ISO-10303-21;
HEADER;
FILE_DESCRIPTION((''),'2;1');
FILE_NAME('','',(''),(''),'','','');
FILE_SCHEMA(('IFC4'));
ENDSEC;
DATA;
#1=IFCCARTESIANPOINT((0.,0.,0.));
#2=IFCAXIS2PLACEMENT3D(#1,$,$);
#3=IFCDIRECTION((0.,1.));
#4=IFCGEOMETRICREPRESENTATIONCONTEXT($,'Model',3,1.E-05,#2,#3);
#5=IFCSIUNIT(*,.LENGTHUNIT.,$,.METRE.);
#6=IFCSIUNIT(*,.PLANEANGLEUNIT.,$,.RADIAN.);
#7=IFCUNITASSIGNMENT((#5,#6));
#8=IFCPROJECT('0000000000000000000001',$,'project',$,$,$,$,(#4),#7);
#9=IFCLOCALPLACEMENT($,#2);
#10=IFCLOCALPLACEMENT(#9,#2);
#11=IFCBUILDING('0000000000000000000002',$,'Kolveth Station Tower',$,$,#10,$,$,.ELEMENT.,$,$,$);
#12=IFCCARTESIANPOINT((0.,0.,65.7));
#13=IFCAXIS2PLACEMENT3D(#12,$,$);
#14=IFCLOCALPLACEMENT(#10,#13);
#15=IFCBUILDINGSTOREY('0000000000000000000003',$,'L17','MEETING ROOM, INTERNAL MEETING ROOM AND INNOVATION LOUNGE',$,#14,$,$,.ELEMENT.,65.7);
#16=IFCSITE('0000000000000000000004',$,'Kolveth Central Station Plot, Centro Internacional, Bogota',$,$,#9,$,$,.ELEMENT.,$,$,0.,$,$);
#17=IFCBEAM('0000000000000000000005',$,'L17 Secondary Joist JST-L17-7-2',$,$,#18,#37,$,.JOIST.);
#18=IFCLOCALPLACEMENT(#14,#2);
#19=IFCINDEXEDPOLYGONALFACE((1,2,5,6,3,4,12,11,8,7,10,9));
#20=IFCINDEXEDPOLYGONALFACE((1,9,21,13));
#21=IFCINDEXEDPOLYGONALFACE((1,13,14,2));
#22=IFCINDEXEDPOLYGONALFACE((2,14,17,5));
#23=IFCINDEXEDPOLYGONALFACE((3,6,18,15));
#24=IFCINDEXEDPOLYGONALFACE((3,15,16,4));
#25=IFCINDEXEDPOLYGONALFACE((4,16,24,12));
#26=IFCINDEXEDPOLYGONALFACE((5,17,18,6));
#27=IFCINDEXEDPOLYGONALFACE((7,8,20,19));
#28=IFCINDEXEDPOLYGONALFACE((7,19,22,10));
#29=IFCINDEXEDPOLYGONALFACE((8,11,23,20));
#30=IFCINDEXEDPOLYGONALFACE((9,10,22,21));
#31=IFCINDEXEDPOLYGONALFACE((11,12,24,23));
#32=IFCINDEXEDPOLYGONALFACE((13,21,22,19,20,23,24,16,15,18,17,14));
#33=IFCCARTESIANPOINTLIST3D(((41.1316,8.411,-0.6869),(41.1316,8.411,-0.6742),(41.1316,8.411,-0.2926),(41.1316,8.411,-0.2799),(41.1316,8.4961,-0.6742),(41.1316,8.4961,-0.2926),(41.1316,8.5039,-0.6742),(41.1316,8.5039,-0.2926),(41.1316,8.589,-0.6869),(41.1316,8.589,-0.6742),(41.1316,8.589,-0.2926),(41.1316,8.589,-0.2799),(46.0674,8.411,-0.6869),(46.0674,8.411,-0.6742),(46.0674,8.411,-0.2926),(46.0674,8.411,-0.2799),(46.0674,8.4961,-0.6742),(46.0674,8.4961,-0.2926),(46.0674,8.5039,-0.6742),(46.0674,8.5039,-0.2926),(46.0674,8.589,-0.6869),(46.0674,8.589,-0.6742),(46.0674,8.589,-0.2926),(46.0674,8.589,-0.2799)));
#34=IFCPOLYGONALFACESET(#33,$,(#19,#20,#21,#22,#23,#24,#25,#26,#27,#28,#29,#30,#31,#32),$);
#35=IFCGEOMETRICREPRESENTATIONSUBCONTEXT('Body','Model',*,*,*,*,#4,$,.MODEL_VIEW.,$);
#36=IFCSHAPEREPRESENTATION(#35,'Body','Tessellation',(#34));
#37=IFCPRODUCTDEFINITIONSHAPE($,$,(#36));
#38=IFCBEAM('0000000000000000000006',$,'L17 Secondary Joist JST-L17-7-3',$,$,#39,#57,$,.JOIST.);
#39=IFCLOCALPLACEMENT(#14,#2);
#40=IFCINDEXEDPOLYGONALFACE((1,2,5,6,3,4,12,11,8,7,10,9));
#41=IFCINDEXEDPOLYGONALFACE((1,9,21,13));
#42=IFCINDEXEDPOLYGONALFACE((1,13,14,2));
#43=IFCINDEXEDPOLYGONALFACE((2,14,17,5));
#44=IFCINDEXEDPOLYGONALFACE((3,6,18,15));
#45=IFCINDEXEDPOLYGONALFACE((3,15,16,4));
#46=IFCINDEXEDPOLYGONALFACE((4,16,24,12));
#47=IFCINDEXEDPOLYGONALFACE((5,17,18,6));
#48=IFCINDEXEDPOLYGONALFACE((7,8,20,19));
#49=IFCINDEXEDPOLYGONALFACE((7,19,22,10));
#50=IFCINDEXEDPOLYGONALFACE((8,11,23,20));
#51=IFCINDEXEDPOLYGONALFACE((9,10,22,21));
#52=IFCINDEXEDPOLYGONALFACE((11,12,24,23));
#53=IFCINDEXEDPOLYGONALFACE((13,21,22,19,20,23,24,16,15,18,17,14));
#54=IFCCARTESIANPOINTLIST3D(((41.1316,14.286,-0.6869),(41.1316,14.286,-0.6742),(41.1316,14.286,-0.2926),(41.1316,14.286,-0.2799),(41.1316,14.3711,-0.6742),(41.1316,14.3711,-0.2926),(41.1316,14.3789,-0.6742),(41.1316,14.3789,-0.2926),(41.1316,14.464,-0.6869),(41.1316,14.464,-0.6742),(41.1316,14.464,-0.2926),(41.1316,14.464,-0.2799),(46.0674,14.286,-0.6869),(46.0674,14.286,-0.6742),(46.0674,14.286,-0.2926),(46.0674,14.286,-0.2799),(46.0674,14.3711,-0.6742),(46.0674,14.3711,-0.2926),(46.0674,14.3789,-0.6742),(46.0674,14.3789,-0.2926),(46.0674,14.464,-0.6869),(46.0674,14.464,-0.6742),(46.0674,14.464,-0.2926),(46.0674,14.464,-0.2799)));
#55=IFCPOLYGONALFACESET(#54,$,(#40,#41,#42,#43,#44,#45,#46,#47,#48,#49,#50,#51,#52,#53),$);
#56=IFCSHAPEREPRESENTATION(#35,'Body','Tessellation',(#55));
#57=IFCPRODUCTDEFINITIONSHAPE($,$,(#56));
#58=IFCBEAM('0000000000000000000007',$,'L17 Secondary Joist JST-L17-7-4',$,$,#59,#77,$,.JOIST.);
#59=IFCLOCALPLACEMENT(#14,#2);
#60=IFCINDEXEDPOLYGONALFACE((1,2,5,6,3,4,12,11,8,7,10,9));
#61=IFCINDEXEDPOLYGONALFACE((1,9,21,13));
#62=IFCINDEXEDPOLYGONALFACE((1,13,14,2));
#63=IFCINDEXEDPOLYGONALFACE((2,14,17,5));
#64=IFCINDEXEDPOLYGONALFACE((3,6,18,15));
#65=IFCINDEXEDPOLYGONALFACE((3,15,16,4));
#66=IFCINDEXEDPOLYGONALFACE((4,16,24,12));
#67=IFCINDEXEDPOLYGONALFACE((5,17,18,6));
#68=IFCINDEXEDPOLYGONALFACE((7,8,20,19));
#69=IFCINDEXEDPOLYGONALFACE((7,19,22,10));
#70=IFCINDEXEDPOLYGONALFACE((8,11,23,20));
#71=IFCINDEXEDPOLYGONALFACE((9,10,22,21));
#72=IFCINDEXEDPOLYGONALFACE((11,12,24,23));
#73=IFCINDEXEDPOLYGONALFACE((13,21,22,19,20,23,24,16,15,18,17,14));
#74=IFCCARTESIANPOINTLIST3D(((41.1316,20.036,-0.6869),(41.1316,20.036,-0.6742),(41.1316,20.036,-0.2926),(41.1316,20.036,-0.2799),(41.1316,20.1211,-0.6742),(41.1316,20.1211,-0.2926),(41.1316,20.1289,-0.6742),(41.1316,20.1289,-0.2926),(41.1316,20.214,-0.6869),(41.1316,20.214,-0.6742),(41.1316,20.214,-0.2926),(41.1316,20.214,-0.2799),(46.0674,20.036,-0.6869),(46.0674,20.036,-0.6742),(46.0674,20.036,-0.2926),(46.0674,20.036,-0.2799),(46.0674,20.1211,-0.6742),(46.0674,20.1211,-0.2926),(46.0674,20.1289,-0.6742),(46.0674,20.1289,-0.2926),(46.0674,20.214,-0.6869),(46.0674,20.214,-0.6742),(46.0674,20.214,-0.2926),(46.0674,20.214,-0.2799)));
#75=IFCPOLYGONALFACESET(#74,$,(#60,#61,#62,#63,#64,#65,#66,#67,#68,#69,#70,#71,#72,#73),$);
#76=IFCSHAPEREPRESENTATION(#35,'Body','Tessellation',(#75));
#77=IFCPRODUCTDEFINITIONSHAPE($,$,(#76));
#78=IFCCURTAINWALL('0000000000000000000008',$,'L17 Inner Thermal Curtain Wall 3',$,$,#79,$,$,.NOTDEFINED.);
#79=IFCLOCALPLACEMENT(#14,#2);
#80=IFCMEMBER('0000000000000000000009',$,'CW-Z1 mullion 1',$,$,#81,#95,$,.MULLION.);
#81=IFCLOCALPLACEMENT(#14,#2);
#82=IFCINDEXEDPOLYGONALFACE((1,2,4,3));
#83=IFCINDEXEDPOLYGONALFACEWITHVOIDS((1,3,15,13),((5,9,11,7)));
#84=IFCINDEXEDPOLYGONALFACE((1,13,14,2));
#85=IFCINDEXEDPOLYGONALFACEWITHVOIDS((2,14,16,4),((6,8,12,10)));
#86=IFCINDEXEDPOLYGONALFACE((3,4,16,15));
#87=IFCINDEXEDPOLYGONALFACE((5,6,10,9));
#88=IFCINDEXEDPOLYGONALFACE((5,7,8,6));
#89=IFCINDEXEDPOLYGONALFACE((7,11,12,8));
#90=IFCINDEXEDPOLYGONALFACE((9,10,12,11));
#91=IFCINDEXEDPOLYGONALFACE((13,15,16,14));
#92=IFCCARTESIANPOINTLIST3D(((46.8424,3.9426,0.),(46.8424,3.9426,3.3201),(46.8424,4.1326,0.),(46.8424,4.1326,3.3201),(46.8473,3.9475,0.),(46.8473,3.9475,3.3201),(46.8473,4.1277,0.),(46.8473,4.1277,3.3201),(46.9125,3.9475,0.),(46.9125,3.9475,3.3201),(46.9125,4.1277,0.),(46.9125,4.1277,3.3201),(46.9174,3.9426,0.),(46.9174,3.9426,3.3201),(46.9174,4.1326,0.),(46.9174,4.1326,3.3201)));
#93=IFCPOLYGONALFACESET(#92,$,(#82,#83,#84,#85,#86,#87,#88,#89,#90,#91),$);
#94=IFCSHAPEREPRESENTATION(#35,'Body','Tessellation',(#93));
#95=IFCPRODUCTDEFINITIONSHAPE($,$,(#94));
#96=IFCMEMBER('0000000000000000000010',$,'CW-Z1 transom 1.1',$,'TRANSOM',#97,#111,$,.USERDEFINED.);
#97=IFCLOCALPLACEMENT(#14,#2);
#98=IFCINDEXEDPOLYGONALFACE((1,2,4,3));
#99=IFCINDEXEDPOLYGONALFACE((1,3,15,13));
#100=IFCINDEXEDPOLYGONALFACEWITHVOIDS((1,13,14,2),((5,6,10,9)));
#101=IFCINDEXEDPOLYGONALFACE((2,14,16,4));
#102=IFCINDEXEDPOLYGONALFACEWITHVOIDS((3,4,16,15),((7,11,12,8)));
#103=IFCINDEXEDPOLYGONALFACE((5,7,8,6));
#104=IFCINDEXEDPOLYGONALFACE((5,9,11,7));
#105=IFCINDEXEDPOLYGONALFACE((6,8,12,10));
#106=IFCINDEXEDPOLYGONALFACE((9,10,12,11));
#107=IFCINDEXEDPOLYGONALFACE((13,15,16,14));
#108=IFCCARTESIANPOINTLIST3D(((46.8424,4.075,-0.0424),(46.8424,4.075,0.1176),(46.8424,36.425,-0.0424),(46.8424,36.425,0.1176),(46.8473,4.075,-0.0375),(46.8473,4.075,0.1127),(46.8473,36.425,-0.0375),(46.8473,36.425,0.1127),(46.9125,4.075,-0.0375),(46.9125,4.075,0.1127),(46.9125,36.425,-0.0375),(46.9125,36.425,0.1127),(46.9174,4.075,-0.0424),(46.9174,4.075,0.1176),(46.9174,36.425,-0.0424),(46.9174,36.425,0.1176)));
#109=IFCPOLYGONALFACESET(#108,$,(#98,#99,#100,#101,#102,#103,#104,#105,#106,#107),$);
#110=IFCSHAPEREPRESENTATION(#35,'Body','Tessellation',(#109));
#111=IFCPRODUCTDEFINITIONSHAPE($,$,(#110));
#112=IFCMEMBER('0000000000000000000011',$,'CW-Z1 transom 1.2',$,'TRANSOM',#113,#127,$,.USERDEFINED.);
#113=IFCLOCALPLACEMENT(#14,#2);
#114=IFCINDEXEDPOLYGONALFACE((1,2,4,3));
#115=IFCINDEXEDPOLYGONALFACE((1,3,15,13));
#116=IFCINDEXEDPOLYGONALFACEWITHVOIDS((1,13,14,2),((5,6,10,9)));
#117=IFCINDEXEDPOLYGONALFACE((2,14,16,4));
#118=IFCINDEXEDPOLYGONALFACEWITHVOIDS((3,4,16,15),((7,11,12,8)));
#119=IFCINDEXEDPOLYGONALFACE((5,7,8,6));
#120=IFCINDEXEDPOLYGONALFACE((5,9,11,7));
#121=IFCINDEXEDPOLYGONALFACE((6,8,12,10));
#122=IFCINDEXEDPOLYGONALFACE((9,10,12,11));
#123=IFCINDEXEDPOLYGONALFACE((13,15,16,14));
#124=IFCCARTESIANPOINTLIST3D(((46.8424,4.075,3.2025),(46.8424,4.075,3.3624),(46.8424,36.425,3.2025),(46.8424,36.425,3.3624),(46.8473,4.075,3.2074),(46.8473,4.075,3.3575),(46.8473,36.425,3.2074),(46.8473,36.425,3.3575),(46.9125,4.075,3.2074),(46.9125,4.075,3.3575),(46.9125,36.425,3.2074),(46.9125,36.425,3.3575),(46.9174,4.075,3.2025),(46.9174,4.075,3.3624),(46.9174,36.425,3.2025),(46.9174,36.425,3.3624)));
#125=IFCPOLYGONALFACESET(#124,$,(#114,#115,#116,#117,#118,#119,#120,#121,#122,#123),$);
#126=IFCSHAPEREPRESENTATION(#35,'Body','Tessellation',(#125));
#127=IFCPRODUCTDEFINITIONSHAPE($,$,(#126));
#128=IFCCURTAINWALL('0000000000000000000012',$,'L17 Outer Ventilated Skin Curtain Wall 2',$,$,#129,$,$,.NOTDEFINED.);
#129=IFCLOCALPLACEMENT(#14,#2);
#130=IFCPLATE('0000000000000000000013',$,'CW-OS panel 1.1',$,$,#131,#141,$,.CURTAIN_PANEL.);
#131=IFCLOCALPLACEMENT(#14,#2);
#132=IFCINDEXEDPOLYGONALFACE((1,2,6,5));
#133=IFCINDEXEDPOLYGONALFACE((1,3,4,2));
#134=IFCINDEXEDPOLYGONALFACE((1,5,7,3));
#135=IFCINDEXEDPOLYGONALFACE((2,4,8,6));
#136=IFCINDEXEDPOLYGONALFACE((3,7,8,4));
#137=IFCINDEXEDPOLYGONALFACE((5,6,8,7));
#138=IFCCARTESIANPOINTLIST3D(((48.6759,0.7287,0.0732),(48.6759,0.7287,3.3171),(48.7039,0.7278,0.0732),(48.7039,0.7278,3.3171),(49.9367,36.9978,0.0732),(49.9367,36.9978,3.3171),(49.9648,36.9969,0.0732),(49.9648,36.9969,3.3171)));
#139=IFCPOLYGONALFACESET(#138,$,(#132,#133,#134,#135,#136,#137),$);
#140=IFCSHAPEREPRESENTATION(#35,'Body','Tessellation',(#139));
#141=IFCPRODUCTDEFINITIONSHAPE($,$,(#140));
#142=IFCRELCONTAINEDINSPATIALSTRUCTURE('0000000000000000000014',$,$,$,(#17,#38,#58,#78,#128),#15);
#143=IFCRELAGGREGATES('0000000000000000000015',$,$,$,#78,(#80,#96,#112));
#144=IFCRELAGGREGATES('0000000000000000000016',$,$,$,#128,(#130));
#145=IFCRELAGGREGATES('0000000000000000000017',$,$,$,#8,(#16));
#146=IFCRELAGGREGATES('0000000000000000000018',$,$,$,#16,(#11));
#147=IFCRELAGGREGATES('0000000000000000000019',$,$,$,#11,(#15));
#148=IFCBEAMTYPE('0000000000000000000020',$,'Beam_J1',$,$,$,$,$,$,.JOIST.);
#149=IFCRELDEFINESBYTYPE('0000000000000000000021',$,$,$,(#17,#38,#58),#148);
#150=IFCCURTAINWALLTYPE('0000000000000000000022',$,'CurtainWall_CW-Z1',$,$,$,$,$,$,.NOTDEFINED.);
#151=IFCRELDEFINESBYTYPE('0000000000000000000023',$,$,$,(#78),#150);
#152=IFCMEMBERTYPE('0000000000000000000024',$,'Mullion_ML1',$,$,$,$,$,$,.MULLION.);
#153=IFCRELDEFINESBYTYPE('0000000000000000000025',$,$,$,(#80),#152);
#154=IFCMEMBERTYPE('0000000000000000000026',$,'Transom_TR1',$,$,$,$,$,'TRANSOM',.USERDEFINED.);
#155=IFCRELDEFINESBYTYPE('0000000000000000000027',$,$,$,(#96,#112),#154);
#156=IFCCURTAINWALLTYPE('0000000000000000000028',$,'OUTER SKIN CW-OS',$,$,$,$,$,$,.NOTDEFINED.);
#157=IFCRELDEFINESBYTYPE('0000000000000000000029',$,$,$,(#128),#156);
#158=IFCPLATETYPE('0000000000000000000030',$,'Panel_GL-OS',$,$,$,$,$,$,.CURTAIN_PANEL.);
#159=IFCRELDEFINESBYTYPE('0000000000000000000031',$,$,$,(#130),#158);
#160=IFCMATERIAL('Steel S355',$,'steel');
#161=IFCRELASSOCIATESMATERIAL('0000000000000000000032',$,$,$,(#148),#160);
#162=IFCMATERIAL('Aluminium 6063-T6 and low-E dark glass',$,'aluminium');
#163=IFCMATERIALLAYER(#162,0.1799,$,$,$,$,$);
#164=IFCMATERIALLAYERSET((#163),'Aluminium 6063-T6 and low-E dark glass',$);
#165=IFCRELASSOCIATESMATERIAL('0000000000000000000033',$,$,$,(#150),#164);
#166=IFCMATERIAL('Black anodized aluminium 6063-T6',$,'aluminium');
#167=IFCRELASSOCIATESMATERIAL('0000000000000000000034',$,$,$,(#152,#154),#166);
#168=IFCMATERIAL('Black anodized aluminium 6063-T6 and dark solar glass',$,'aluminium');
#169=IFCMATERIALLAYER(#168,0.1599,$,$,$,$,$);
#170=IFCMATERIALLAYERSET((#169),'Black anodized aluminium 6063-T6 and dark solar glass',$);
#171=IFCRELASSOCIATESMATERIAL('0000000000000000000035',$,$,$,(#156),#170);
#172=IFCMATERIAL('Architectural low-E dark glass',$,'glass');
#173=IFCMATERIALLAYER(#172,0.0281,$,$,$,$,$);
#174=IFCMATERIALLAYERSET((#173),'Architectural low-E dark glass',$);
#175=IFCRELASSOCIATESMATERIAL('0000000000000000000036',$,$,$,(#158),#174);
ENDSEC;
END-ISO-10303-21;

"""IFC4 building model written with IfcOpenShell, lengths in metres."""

from ifc_helpers import new_model, si_unit, direction, frame, origin, origin_2d, place, context, subcontext, project, spatial, rectangle, hollow_rectangle, i_section, extrude, source, transform, mapped, material, layer, layer_set, material_profile, profile_set, type_object, element, aggregate, save


model = new_model("IFC4")

# Units and contexts
model_context = context("Model", 3, precision=1e-05, world=origin(), true_north=direction((0.0, 1.0)))
body_context = subcontext(model_context, "Body", "Model", "MODEL_VIEW")
ifc_project = project(units=[si_unit("LENGTHUNIT", "METRE"), si_unit("PLANEANGLEUNIT", "RADIAN")], contexts=[model_context])

# Site, building, storey
site_placement = place(None, origin())
site = spatial("IfcSite", under=ifc_project, at=site_placement, Name="Kolveth Central Station Plot, Centro Internacional, Bogota", CompositionType="ELEMENT", RefElevation=0.0)
building_placement = place(site_placement, origin())
building = spatial("IfcBuilding", under=site, at=building_placement, Name="Kolveth Station Tower", CompositionType="ELEMENT")
storey_placement = place(building_placement, frame((0.0, 0.0, 65.7)))
storey = spatial("IfcBuildingStorey", under=building, at=storey_placement, Name="L17", Description="MEETING ROOM, INTERNAL MEETING ROOM AND INNOVATION LOUNGE", CompositionType="ELEMENT", Elevation=65.7)

# Shared definitions
ifc_material_1 = material(Name="Steel S355", Category="steel")

# Beams
ifc_material_profile_1 = material_profile(ifc_material_1, i_section(OverallWidth=0.178, OverallDepth=0.407, WebThickness=0.0078, FlangeThickness=0.0127, at=origin_2d()), Name="W410x60")
ifc_profile_set_1 = profile_set([ifc_material_profile_1], Name="Steel S355")
beam_type_1 = type_object("IfcBeamType", Name="Beam_J1", PredefinedType="JOIST", material=ifc_profile_set_1)
shared_shape_1 = source(origin(), body_context, "Body", "SweptSolid", [
    extrude(i_section(OverallWidth=0.178, OverallDepth=0.407, WebThickness=0.0078, FlangeThickness=0.0127, at=origin_2d()), origin(), (0.0, 0.0, 1.0), 4.9358),
])
for number, where, z_axis, x_axis, name in (
    (1, (41.1316, 8.5, -0.4834), (1.0, 0.0, 0.0), (0.0, 1.0, 0.0), "L17 Secondary Joist JST-L17-7-2"),
    (2, (41.1316, 14.375, -0.4834), (1.0, 0.0, 0.0), (0.0, 1.0, 0.0), "L17 Secondary Joist JST-L17-7-3"),
    (3, (41.1316, 20.125, -0.4834), (1.0, 0.0, 0.0), (0.0, 1.0, 0.0), "L17 Secondary Joist JST-L17-7-4"),
):
    element("IfcBeam", number, at=place(storey_placement, frame(where, z_axis=z_axis, x_axis=x_axis)), inside=storey, type_object=beam_type_1, Name=name, PredefinedType="JOIST", context=body_context, shape_type="MappedRepresentation", body=[
        mapped(shared_shape_1, transform((0.0, 0.0, 0.0), x_axis=(1.0, 0.0, 0.0), y_axis=(0.0, 1.0, 0.0), z_axis=(0.0, 0.0, 1.0), scale=1.0)),
    ])

# Curtain wall, members
ifc_material_2 = material(Name="Aluminium 6063-T6 and low-E dark glass", Category="aluminium")
ifc_layer_1 = layer(ifc_material_2, 0.1799)
ifc_layer_set_1 = layer_set([ifc_layer_1], Name="Aluminium 6063-T6 and low-E dark glass")
curtain_wall_type_1 = type_object("IfcCurtainWallType", Name="CurtainWall_CW-Z1", PredefinedType="NOTDEFINED", material=ifc_layer_set_1)
curtain_wall_1_placement = place(storey_placement, origin())
curtain_wall_1 = element("IfcCurtainWall", 4, at=curtain_wall_1_placement, inside=storey, type_object=curtain_wall_type_1, Name="L17 Inner Thermal Curtain Wall 3", PredefinedType="NOTDEFINED")
ifc_material_3 = material(Name="Black anodized aluminium 6063-T6", Category="aluminium")
ifc_material_profile_2 = material_profile(ifc_material_3, hollow_rectangle(XDim=0.075, YDim=0.1899, WallThickness=0.0049, at=origin_2d()), Name="ALU-75x190x5")
ifc_profile_set_2 = profile_set([ifc_material_profile_2], Name="Black anodized aluminium 6063-T6")
member_type_1 = type_object("IfcMemberType", Name="Mullion_ML1", PredefinedType="MULLION", material=ifc_profile_set_2)
shared_shape_2 = source(origin(), body_context, "Body", "SweptSolid", [
    extrude(hollow_rectangle(XDim=0.075, YDim=0.1899, WallThickness=0.0049, at=origin_2d()), origin(), (0.0, 0.0, 1.0), 3.3201),
])
member_1_placement = place(storey_placement, frame((46.8799, 4.0376, 0.0), z_axis=(0.0, 0.0, 1.0), x_axis=(-1.0, 0.0, 0.0)))
member_1 = element("IfcMember", 5, at=member_1_placement, type_object=member_type_1, Name="CW-Z1 mullion 1", PredefinedType="MULLION", context=body_context, shape_type="MappedRepresentation", body=[
    mapped(shared_shape_2, transform((0.0, 0.0, 0.0), x_axis=(1.0, 0.0, 0.0), y_axis=(0.0, 1.0, 0.0), z_axis=(0.0, 0.0, 1.0), scale=1.0)),
])
ifc_material_profile_3 = material_profile(ifc_material_3, hollow_rectangle(XDim=0.075, YDim=0.1599, WallThickness=0.0049, at=origin_2d()), Name="ALU-75x160x5")
ifc_profile_set_3 = profile_set([ifc_material_profile_3], Name="Black anodized aluminium 6063-T6")
member_type_2 = type_object("IfcMemberType", Name="Transom_TR1", ElementType="TRANSOM", PredefinedType="USERDEFINED", material=ifc_profile_set_3)
shared_shape_3 = source(origin(), body_context, "Body", "SweptSolid", [
    extrude(hollow_rectangle(XDim=0.075, YDim=0.1599, WallThickness=0.0049, at=origin_2d()), origin(), (0.0, 0.0, 1.0), 32.3501),
])
member_2_placement = place(storey_placement, frame((46.8799, 4.075, 0.0376), z_axis=(0.0, 1.0, 0.0), x_axis=(-1.0, 0.0, 0.0)))
member_2 = element("IfcMember", 6, at=member_2_placement, type_object=member_type_2, Name="CW-Z1 transom 1.1", ObjectType="TRANSOM", PredefinedType="USERDEFINED", context=body_context, shape_type="MappedRepresentation", body=[
    mapped(shared_shape_3, transform((0.0, 0.0, 0.0), x_axis=(1.0, 0.0, 0.0), y_axis=(0.0, 1.0, 0.0), z_axis=(0.0, 0.0, 1.0), scale=1.0)),
])
member_3_placement = place(storey_placement, frame((46.8799, 4.075, 3.2825), z_axis=(0.0, 1.0, 0.0), x_axis=(-1.0, 0.0, 0.0)))
member_3 = element("IfcMember", 7, at=member_3_placement, type_object=member_type_2, Name="CW-Z1 transom 1.2", ObjectType="TRANSOM", PredefinedType="USERDEFINED", context=body_context, shape_type="MappedRepresentation", body=[
    mapped(shared_shape_3, transform((0.0, 0.0, 0.0), x_axis=(1.0, 0.0, 0.0), y_axis=(0.0, 1.0, 0.0), z_axis=(0.0, 0.0, 1.0), scale=1.0)),
])
aggregate(curtain_wall_1, [member_1, member_2, member_3])

# Curtain wall, plate
ifc_material_4 = material(Name="Black anodized aluminium 6063-T6 and dark solar glass", Category="aluminium")
ifc_layer_2 = layer(ifc_material_4, 0.1599)
ifc_layer_set_2 = layer_set([ifc_layer_2], Name="Black anodized aluminium 6063-T6 and dark solar glass")
curtain_wall_type_2 = type_object("IfcCurtainWallType", Name="OUTER SKIN CW-OS", PredefinedType="NOTDEFINED", material=ifc_layer_set_2)
curtain_wall_2_placement = place(storey_placement, origin())
curtain_wall_2 = element("IfcCurtainWall", 8, at=curtain_wall_2_placement, inside=storey, type_object=curtain_wall_type_2, Name="L17 Outer Ventilated Skin Curtain Wall 2", PredefinedType="NOTDEFINED")
ifc_material_5 = material(Name="Architectural low-E dark glass", Category="glass")
ifc_layer_3 = layer(ifc_material_5, 0.0281)
ifc_layer_set_3 = layer_set([ifc_layer_3], Name="Architectural low-E dark glass")
plate_type = type_object("IfcPlateType", Name="Panel_GL-OS", PredefinedType="CURTAIN_PANEL", material=ifc_layer_set_3)
shared_shape_4 = source(origin(), body_context, "Body", "SweptSolid", [
    extrude(rectangle(XDim=36.291, YDim=0.0281, at=origin_2d()), origin(), (0.0, 0.0, 1.0), 3.2439),
])
plate_placement = place(storey_placement, frame((49.3203, 18.8628, 0.0732), z_axis=(0.0, 0.0, 1.0), x_axis=(0.034742, 0.999396, 0.0)))
plate = element("IfcPlate", 9, at=plate_placement, type_object=plate_type, Name="CW-OS panel 1.1", PredefinedType="CURTAIN_PANEL", context=body_context, shape_type="MappedRepresentation", body=[
    mapped(shared_shape_4, transform((0.0, 0.0, 0.0), x_axis=(1.0, 0.0, 0.0), y_axis=(0.0, 1.0, 0.0), z_axis=(0.0, 0.0, 1.0), scale=1.0)),
])
aggregate(curtain_wall_2, [plate])

save(model, "model.ifc")
